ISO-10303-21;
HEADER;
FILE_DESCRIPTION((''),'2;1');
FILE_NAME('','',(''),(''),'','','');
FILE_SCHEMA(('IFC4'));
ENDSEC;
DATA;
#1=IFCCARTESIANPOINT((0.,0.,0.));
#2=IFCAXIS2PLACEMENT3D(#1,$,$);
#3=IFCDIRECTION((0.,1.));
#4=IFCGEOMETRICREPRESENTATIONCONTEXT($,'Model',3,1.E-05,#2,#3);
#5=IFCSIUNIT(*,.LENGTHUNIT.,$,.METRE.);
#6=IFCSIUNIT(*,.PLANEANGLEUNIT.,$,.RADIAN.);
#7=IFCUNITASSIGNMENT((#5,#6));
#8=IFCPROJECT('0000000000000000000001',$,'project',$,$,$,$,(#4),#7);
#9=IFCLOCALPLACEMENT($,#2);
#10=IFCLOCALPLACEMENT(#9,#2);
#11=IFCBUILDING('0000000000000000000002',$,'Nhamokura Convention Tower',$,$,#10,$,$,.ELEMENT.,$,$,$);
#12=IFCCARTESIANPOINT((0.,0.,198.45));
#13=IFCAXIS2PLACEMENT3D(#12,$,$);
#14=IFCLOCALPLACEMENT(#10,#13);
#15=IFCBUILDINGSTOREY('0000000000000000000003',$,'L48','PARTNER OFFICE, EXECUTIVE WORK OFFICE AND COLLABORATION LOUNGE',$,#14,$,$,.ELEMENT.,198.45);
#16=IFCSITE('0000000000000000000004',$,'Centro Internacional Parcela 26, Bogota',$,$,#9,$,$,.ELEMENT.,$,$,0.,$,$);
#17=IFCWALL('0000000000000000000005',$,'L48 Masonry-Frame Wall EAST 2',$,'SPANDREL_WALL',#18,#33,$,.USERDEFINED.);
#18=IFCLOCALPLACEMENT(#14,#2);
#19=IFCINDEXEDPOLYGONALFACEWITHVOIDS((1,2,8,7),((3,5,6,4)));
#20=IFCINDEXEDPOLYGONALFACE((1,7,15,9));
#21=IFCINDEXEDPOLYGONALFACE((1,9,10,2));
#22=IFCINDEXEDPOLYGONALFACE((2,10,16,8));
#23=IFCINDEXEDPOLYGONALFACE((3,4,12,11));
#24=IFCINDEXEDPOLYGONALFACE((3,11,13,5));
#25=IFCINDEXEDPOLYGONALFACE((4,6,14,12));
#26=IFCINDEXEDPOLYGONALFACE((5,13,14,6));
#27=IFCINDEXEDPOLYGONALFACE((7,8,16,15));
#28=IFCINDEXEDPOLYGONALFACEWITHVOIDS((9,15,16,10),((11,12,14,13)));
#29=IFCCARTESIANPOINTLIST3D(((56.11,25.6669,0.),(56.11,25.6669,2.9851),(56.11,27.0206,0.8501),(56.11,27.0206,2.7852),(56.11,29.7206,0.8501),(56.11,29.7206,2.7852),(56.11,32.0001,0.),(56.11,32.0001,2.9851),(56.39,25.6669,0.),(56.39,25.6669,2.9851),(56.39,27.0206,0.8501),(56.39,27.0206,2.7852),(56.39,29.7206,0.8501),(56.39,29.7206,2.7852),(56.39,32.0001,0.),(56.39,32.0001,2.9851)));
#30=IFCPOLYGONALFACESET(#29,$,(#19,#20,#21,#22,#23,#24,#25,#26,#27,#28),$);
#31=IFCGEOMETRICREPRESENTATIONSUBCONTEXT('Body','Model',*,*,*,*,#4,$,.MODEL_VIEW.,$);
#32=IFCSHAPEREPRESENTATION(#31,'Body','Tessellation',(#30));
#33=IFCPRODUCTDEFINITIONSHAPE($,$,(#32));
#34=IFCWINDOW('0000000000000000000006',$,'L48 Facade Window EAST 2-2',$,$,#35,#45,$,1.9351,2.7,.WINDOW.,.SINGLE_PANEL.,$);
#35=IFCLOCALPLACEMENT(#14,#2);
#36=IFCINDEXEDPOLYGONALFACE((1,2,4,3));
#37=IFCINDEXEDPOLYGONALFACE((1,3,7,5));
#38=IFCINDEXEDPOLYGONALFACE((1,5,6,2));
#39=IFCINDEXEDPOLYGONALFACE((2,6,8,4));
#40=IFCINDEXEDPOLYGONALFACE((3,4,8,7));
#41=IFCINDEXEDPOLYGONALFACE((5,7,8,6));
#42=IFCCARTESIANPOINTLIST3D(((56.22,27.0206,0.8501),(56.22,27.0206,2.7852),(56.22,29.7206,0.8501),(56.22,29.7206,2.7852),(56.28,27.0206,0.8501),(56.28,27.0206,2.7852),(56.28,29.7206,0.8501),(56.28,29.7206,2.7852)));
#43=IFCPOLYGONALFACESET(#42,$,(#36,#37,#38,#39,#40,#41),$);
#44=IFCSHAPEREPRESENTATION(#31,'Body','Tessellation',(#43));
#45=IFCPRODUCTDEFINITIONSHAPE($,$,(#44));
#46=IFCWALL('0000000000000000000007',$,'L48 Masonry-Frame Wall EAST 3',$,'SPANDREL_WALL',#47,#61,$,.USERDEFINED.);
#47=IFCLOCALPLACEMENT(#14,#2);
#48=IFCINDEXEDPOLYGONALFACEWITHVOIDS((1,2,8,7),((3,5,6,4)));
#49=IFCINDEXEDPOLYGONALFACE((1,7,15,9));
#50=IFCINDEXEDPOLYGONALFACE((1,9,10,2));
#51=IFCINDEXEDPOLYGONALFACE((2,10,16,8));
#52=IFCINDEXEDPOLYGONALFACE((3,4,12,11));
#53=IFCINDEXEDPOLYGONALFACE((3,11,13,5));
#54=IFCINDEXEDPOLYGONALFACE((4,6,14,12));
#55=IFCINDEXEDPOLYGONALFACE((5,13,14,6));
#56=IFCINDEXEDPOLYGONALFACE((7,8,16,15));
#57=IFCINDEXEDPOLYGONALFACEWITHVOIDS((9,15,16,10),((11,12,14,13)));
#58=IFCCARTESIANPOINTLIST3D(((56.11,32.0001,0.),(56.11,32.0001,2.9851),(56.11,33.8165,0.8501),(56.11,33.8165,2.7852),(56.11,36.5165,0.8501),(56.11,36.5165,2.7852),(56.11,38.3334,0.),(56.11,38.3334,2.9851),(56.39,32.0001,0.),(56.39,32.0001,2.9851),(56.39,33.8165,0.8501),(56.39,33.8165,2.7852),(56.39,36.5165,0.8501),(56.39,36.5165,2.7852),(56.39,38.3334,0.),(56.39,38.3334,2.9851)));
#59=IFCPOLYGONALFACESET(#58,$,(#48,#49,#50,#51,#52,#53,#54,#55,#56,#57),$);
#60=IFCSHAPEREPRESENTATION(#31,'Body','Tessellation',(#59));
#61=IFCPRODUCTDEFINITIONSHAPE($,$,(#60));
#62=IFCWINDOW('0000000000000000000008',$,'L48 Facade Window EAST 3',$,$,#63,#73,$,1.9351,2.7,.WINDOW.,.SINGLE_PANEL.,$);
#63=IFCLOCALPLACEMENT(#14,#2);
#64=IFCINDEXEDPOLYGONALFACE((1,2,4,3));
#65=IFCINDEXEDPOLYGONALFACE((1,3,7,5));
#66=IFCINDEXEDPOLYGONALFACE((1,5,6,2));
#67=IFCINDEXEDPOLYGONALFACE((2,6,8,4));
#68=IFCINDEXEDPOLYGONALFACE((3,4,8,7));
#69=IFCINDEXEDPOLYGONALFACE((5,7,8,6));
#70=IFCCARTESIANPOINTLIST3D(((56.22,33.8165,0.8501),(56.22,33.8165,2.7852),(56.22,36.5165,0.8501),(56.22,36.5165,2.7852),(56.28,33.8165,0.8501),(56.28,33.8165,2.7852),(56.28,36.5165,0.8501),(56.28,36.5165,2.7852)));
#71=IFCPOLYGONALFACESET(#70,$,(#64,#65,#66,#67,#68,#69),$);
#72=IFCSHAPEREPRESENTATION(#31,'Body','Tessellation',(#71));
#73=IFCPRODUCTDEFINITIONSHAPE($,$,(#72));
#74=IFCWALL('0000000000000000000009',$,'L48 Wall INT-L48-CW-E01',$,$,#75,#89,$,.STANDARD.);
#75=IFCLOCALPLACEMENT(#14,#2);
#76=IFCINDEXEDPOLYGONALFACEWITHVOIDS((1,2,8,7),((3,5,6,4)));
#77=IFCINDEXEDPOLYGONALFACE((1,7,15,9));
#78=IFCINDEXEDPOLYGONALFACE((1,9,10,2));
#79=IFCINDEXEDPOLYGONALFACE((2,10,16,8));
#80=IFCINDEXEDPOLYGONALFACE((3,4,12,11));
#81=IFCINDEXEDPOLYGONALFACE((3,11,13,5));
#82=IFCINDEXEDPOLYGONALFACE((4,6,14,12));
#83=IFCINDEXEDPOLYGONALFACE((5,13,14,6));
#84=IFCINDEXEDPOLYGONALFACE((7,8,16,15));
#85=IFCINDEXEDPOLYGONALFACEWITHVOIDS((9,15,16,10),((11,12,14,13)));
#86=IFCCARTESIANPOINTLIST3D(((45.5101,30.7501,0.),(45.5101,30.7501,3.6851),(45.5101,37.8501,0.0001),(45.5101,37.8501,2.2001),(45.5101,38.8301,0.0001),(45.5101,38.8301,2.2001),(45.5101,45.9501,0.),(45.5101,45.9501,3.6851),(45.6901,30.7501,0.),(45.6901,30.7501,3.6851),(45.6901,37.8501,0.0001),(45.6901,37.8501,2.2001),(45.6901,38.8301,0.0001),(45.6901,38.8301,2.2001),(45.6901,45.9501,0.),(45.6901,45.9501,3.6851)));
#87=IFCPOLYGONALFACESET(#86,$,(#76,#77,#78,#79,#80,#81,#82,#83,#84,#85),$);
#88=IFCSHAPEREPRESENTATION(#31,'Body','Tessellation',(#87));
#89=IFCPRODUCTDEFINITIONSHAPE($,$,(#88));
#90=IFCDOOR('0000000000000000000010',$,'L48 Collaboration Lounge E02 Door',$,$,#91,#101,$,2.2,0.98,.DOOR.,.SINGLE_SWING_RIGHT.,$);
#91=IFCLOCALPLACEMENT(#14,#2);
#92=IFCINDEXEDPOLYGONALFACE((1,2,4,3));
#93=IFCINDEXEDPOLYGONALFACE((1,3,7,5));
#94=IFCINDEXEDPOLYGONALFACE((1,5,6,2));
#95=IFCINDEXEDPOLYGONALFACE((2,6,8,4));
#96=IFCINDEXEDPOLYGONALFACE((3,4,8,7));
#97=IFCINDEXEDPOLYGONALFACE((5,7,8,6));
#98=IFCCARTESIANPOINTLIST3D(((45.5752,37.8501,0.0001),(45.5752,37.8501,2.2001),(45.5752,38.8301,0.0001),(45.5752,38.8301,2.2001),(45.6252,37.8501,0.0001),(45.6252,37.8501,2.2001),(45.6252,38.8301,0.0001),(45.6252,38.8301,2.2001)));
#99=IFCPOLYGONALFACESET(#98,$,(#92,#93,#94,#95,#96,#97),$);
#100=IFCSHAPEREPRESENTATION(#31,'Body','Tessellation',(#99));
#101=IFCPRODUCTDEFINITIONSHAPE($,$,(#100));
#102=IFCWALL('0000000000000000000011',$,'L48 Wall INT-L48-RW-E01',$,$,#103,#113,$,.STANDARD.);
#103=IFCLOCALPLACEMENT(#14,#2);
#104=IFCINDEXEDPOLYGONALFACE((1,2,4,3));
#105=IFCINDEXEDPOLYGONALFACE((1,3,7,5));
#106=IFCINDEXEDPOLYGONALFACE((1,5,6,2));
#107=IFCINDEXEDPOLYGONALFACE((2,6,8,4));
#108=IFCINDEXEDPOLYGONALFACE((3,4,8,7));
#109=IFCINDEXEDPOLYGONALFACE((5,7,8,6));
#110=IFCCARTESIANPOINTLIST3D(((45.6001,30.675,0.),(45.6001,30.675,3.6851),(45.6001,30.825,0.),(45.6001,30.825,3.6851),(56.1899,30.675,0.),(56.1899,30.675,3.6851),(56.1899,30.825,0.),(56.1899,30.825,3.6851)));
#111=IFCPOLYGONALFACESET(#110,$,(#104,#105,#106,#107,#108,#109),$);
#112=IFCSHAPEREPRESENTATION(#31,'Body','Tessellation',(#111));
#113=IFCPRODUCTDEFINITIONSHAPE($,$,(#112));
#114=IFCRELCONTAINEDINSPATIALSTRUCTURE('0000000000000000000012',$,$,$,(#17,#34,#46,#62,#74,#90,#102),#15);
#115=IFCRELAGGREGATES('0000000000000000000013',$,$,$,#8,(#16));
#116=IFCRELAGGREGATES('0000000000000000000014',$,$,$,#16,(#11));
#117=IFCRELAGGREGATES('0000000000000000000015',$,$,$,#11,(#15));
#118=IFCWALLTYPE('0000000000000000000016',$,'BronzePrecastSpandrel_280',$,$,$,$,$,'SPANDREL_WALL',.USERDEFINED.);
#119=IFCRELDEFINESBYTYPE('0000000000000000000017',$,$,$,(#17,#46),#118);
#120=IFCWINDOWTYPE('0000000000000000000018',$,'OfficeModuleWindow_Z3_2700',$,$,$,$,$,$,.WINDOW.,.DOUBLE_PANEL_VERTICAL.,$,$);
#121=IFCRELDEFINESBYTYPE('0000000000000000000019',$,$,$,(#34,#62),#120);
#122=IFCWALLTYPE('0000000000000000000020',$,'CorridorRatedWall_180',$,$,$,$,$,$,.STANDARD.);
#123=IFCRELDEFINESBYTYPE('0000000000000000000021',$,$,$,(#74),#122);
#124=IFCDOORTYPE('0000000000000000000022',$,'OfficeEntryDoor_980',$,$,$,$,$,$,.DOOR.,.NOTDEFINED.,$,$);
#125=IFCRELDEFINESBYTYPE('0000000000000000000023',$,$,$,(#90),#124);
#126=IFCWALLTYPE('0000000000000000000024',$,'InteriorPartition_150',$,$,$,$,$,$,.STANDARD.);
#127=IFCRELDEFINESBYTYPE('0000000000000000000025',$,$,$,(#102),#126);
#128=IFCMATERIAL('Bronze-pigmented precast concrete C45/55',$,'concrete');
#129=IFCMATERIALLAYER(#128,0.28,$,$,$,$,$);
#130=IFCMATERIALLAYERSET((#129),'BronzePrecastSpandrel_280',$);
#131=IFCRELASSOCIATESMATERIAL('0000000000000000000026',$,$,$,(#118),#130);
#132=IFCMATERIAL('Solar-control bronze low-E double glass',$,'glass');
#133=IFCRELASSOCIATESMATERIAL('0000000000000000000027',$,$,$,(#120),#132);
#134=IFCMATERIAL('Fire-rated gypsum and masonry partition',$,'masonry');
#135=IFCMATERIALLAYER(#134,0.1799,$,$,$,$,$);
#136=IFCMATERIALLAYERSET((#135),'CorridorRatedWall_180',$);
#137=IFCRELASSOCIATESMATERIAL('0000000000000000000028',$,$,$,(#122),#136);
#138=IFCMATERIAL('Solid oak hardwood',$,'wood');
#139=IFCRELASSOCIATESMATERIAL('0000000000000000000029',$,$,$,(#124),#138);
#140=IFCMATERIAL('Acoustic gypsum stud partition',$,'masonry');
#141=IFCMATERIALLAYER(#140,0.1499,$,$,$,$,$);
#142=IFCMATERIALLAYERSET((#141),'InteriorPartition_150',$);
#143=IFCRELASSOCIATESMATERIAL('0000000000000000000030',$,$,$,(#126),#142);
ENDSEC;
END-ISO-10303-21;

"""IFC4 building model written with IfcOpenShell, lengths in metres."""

from ifc_helpers import new_model, si_unit, direction, frame, frame_2d, origin, place, context, subcontext, project, spatial, rectangle, extrude, material, layer, layer_set, type_object, element, fill, save


model = new_model("IFC4")

# Units and contexts
model_context = context("Model", 3, precision=1e-05, world=origin(), true_north=direction((0.0, 1.0)))
body_context = subcontext(model_context, "Body", "Model", "MODEL_VIEW")
ifc_project = project(units=[si_unit("LENGTHUNIT", "METRE"), si_unit("PLANEANGLEUNIT", "RADIAN")], contexts=[model_context])

# Site, building, storey
site_placement = place(None, origin())
site = spatial("IfcSite", under=ifc_project, at=site_placement, Name="Centro Internacional Parcela 26, Bogota", CompositionType="ELEMENT", RefElevation=0.0)
building_placement = place(site_placement, origin())
building = spatial("IfcBuilding", under=site, at=building_placement, Name="Nhamokura Convention Tower", CompositionType="ELEMENT")
storey_placement = place(building_placement, frame((0.0, 0.0, 198.45)))
storey = spatial("IfcBuildingStorey", under=building, at=storey_placement, Name="L48", Description="PARTNER OFFICE, EXECUTIVE WORK OFFICE AND COLLABORATION LOUNGE", CompositionType="ELEMENT", Elevation=198.45)

# Walls, openings, windows
ifc_material_1 = material(Name="Bronze-pigmented precast concrete C45/55", Category="concrete")
ifc_layer_1 = layer(ifc_material_1, 0.28)
ifc_layer_set_1 = layer_set([ifc_layer_1], Name="BronzePrecastSpandrel_280")
wall_type_1 = type_object("IfcWallType", Name="BronzePrecastSpandrel_280", ElementType="SPANDREL_WALL", PredefinedType="USERDEFINED", material=ifc_layer_set_1)
wall_1_placement = place(storey_placement, frame((56.25, 32.0, 0.0), z_axis=(0.0, 0.0, 1.0), x_axis=(0.0, -1.0, 0.0)))
wall_1 = element("IfcWall", 1, at=wall_1_placement, inside=storey, type_object=wall_type_1, Name="L48 Masonry-Frame Wall EAST 2", ObjectType="SPANDREL_WALL", PredefinedType="USERDEFINED", context=body_context, shape_type="SweptSolid", body=[
    extrude(rectangle(XDim=6.3333, YDim=0.28, at=frame_2d((3.1665, 0.0))), origin(), (0.0, 0.0, 1.0), 2.9851),
])
opening_1_placement = place(wall_1_placement, frame((2.2793, 0.0, 0.8501)))
opening_1 = element("IfcOpeningElement", 2, at=opening_1_placement, cuts=wall_1, PredefinedType="OPENING", context=body_context, shape_type="SweptSolid", body=[
    extrude(rectangle(XDim=2.7, YDim=1.9351, at=frame_2d((1.3501, 0.9675))), frame((0.0, 0.1499, 0.0), z_axis=(0.0, -1.0, 0.0), x_axis=(1.0, 0.0, 0.0)), (0.0, 0.0, 1.0), 0.3),
])
ifc_material_2 = material(Name="Solar-control bronze low-E double glass", Category="glass")
window_type = type_object("IfcWindowType", Name="OfficeModuleWindow_Z3_2700", PartitioningType="DOUBLE_PANEL_VERTICAL", PredefinedType="WINDOW", material=ifc_material_2)
window_1_placement = place(opening_1_placement, origin())
window_1 = element("IfcWindow", 3, at=window_1_placement, inside=storey, type_object=window_type, Name="L48 Facade Window EAST 2-2", OverallHeight=1.9351, OverallWidth=2.7, PartitioningType="SINGLE_PANEL", PredefinedType="WINDOW", context=body_context, shape_type="SweptSolid", body=[
    extrude(rectangle(XDim=2.7, YDim=1.9351, at=frame_2d((1.3501, 0.9675))), frame((0.0, 0.03, 0.0), z_axis=(0.0, -1.0, 0.0), x_axis=(1.0, 0.0, 0.0)), (0.0, 0.0, 1.0), 0.0601),
])
fill(opening_1, window_1)
wall_2_placement = place(storey_placement, frame((56.25, 38.3333, 0.0), z_axis=(0.0, 0.0, 1.0), x_axis=(0.0, -1.0, 0.0)))
wall_2 = element("IfcWall", 4, at=wall_2_placement, inside=storey, type_object=wall_type_1, Name="L48 Masonry-Frame Wall EAST 3", ObjectType="SPANDREL_WALL", PredefinedType="USERDEFINED", context=body_context, shape_type="SweptSolid", body=[
    extrude(rectangle(XDim=6.3333, YDim=0.28, at=frame_2d((3.1665, 0.0))), origin(), (0.0, 0.0, 1.0), 2.9851),
])
opening_2_placement = place(wall_2_placement, frame((1.8167, 0.0, 0.8501)))
opening_2 = element("IfcOpeningElement", 5, at=opening_2_placement, cuts=wall_2, PredefinedType="OPENING", context=body_context, shape_type="SweptSolid", body=[
    extrude(rectangle(XDim=2.7, YDim=1.9351, at=frame_2d((1.3501, 0.9675))), frame((0.0, 0.1499, 0.0), z_axis=(0.0, -1.0, 0.0), x_axis=(1.0, 0.0, 0.0)), (0.0, 0.0, 1.0), 0.3),
])
window_2_placement = place(opening_2_placement, origin())
window_2 = element("IfcWindow", 6, at=window_2_placement, inside=storey, type_object=window_type, Name="L48 Facade Window EAST 3", OverallHeight=1.9351, OverallWidth=2.7, PartitioningType="SINGLE_PANEL", PredefinedType="WINDOW", context=body_context, shape_type="SweptSolid", body=[
    extrude(rectangle(XDim=2.7, YDim=1.9351, at=frame_2d((1.3501, 0.9675))), frame((0.0, 0.03, 0.0), z_axis=(0.0, -1.0, 0.0), x_axis=(1.0, 0.0, 0.0)), (0.0, 0.0, 1.0), 0.0601),
])
fill(opening_2, window_2)

# Wall, opening, door
ifc_material_3 = material(Name="Fire-rated gypsum and masonry partition", Category="masonry")
ifc_layer_2 = layer(ifc_material_3, 0.1799)
ifc_layer_set_2 = layer_set([ifc_layer_2], Name="CorridorRatedWall_180")
wall_type_2 = type_object("IfcWallType", Name="CorridorRatedWall_180", PredefinedType="STANDARD", material=ifc_layer_set_2)
wall_3_placement = place(storey_placement, frame((45.6001, 30.75, 0.0), z_axis=(0.0, 0.0, 1.0), x_axis=(0.0, 1.0, 0.0)))
wall_3 = element("IfcWall", 7, at=wall_3_placement, inside=storey, type_object=wall_type_2, Name="L48 Wall INT-L48-CW-E01", PredefinedType="STANDARD", context=body_context, shape_type="SweptSolid", body=[
    extrude(rectangle(XDim=15.2, YDim=0.1799, at=frame_2d((7.6001, 0.0))), origin(), (0.0, 0.0, 1.0), 3.6851),
])
opening_3_placement = place(wall_3_placement, frame((7.1001, 0.0, 0.0)))
opening_3 = element("IfcOpeningElement", 8, at=opening_3_placement, cuts=wall_3, PredefinedType="OPENING", context=body_context, shape_type="SweptSolid", body=[
    extrude(rectangle(XDim=0.98, YDim=2.2, at=frame_2d((0.49, 1.1001))), frame((0.0, 0.0999, 0.0), z_axis=(0.0, -1.0, 0.0), x_axis=(1.0, 0.0, 0.0)), (0.0, 0.0, 1.0), 0.2),
])
ifc_material_4 = material(Name="Solid oak hardwood", Category="wood")
door_type = type_object("IfcDoorType", Name="OfficeEntryDoor_980", OperationType="NOTDEFINED", PredefinedType="DOOR", material=ifc_material_4)
door_placement = place(opening_3_placement, origin())
door = element("IfcDoor", 9, at=door_placement, inside=storey, type_object=door_type, Name="L48 Collaboration Lounge E02 Door", OperationType="SINGLE_SWING_RIGHT", OverallHeight=2.2, OverallWidth=0.98, PredefinedType="DOOR", context=body_context, shape_type="SweptSolid", body=[
    extrude(rectangle(XDim=0.98, YDim=2.2, at=frame_2d((0.49, 1.1001))), frame((0.0, 0.0249, 0.0), z_axis=(0.0, -1.0, 0.0), x_axis=(1.0, 0.0, 0.0)), (0.0, 0.0, 1.0), 0.05),
])
fill(opening_3, door)

# Wall
ifc_material_5 = material(Name="Acoustic gypsum stud partition", Category="masonry")
ifc_layer_3 = layer(ifc_material_5, 0.1499)
ifc_layer_set_3 = layer_set([ifc_layer_3], Name="InteriorPartition_150")
wall_type_3 = type_object("IfcWallType", Name="InteriorPartition_150", PredefinedType="STANDARD", material=ifc_layer_set_3)
wall_4_placement = place(storey_placement, frame((45.6001, 30.75, 0.0), z_axis=(0.0, 0.0, 1.0), x_axis=(1.0, 0.0, 0.0)))
element("IfcWall", 10, at=wall_4_placement, inside=storey, type_object=wall_type_3, Name="L48 Wall INT-L48-RW-E01", PredefinedType="STANDARD", context=body_context, shape_type="SweptSolid", body=[
    extrude(rectangle(XDim=10.5898, YDim=0.1499, at=frame_2d((5.2949, 0.0))), origin(), (0.0, 0.0, 1.0), 3.6851),
])

save(model, "model.ifc")
